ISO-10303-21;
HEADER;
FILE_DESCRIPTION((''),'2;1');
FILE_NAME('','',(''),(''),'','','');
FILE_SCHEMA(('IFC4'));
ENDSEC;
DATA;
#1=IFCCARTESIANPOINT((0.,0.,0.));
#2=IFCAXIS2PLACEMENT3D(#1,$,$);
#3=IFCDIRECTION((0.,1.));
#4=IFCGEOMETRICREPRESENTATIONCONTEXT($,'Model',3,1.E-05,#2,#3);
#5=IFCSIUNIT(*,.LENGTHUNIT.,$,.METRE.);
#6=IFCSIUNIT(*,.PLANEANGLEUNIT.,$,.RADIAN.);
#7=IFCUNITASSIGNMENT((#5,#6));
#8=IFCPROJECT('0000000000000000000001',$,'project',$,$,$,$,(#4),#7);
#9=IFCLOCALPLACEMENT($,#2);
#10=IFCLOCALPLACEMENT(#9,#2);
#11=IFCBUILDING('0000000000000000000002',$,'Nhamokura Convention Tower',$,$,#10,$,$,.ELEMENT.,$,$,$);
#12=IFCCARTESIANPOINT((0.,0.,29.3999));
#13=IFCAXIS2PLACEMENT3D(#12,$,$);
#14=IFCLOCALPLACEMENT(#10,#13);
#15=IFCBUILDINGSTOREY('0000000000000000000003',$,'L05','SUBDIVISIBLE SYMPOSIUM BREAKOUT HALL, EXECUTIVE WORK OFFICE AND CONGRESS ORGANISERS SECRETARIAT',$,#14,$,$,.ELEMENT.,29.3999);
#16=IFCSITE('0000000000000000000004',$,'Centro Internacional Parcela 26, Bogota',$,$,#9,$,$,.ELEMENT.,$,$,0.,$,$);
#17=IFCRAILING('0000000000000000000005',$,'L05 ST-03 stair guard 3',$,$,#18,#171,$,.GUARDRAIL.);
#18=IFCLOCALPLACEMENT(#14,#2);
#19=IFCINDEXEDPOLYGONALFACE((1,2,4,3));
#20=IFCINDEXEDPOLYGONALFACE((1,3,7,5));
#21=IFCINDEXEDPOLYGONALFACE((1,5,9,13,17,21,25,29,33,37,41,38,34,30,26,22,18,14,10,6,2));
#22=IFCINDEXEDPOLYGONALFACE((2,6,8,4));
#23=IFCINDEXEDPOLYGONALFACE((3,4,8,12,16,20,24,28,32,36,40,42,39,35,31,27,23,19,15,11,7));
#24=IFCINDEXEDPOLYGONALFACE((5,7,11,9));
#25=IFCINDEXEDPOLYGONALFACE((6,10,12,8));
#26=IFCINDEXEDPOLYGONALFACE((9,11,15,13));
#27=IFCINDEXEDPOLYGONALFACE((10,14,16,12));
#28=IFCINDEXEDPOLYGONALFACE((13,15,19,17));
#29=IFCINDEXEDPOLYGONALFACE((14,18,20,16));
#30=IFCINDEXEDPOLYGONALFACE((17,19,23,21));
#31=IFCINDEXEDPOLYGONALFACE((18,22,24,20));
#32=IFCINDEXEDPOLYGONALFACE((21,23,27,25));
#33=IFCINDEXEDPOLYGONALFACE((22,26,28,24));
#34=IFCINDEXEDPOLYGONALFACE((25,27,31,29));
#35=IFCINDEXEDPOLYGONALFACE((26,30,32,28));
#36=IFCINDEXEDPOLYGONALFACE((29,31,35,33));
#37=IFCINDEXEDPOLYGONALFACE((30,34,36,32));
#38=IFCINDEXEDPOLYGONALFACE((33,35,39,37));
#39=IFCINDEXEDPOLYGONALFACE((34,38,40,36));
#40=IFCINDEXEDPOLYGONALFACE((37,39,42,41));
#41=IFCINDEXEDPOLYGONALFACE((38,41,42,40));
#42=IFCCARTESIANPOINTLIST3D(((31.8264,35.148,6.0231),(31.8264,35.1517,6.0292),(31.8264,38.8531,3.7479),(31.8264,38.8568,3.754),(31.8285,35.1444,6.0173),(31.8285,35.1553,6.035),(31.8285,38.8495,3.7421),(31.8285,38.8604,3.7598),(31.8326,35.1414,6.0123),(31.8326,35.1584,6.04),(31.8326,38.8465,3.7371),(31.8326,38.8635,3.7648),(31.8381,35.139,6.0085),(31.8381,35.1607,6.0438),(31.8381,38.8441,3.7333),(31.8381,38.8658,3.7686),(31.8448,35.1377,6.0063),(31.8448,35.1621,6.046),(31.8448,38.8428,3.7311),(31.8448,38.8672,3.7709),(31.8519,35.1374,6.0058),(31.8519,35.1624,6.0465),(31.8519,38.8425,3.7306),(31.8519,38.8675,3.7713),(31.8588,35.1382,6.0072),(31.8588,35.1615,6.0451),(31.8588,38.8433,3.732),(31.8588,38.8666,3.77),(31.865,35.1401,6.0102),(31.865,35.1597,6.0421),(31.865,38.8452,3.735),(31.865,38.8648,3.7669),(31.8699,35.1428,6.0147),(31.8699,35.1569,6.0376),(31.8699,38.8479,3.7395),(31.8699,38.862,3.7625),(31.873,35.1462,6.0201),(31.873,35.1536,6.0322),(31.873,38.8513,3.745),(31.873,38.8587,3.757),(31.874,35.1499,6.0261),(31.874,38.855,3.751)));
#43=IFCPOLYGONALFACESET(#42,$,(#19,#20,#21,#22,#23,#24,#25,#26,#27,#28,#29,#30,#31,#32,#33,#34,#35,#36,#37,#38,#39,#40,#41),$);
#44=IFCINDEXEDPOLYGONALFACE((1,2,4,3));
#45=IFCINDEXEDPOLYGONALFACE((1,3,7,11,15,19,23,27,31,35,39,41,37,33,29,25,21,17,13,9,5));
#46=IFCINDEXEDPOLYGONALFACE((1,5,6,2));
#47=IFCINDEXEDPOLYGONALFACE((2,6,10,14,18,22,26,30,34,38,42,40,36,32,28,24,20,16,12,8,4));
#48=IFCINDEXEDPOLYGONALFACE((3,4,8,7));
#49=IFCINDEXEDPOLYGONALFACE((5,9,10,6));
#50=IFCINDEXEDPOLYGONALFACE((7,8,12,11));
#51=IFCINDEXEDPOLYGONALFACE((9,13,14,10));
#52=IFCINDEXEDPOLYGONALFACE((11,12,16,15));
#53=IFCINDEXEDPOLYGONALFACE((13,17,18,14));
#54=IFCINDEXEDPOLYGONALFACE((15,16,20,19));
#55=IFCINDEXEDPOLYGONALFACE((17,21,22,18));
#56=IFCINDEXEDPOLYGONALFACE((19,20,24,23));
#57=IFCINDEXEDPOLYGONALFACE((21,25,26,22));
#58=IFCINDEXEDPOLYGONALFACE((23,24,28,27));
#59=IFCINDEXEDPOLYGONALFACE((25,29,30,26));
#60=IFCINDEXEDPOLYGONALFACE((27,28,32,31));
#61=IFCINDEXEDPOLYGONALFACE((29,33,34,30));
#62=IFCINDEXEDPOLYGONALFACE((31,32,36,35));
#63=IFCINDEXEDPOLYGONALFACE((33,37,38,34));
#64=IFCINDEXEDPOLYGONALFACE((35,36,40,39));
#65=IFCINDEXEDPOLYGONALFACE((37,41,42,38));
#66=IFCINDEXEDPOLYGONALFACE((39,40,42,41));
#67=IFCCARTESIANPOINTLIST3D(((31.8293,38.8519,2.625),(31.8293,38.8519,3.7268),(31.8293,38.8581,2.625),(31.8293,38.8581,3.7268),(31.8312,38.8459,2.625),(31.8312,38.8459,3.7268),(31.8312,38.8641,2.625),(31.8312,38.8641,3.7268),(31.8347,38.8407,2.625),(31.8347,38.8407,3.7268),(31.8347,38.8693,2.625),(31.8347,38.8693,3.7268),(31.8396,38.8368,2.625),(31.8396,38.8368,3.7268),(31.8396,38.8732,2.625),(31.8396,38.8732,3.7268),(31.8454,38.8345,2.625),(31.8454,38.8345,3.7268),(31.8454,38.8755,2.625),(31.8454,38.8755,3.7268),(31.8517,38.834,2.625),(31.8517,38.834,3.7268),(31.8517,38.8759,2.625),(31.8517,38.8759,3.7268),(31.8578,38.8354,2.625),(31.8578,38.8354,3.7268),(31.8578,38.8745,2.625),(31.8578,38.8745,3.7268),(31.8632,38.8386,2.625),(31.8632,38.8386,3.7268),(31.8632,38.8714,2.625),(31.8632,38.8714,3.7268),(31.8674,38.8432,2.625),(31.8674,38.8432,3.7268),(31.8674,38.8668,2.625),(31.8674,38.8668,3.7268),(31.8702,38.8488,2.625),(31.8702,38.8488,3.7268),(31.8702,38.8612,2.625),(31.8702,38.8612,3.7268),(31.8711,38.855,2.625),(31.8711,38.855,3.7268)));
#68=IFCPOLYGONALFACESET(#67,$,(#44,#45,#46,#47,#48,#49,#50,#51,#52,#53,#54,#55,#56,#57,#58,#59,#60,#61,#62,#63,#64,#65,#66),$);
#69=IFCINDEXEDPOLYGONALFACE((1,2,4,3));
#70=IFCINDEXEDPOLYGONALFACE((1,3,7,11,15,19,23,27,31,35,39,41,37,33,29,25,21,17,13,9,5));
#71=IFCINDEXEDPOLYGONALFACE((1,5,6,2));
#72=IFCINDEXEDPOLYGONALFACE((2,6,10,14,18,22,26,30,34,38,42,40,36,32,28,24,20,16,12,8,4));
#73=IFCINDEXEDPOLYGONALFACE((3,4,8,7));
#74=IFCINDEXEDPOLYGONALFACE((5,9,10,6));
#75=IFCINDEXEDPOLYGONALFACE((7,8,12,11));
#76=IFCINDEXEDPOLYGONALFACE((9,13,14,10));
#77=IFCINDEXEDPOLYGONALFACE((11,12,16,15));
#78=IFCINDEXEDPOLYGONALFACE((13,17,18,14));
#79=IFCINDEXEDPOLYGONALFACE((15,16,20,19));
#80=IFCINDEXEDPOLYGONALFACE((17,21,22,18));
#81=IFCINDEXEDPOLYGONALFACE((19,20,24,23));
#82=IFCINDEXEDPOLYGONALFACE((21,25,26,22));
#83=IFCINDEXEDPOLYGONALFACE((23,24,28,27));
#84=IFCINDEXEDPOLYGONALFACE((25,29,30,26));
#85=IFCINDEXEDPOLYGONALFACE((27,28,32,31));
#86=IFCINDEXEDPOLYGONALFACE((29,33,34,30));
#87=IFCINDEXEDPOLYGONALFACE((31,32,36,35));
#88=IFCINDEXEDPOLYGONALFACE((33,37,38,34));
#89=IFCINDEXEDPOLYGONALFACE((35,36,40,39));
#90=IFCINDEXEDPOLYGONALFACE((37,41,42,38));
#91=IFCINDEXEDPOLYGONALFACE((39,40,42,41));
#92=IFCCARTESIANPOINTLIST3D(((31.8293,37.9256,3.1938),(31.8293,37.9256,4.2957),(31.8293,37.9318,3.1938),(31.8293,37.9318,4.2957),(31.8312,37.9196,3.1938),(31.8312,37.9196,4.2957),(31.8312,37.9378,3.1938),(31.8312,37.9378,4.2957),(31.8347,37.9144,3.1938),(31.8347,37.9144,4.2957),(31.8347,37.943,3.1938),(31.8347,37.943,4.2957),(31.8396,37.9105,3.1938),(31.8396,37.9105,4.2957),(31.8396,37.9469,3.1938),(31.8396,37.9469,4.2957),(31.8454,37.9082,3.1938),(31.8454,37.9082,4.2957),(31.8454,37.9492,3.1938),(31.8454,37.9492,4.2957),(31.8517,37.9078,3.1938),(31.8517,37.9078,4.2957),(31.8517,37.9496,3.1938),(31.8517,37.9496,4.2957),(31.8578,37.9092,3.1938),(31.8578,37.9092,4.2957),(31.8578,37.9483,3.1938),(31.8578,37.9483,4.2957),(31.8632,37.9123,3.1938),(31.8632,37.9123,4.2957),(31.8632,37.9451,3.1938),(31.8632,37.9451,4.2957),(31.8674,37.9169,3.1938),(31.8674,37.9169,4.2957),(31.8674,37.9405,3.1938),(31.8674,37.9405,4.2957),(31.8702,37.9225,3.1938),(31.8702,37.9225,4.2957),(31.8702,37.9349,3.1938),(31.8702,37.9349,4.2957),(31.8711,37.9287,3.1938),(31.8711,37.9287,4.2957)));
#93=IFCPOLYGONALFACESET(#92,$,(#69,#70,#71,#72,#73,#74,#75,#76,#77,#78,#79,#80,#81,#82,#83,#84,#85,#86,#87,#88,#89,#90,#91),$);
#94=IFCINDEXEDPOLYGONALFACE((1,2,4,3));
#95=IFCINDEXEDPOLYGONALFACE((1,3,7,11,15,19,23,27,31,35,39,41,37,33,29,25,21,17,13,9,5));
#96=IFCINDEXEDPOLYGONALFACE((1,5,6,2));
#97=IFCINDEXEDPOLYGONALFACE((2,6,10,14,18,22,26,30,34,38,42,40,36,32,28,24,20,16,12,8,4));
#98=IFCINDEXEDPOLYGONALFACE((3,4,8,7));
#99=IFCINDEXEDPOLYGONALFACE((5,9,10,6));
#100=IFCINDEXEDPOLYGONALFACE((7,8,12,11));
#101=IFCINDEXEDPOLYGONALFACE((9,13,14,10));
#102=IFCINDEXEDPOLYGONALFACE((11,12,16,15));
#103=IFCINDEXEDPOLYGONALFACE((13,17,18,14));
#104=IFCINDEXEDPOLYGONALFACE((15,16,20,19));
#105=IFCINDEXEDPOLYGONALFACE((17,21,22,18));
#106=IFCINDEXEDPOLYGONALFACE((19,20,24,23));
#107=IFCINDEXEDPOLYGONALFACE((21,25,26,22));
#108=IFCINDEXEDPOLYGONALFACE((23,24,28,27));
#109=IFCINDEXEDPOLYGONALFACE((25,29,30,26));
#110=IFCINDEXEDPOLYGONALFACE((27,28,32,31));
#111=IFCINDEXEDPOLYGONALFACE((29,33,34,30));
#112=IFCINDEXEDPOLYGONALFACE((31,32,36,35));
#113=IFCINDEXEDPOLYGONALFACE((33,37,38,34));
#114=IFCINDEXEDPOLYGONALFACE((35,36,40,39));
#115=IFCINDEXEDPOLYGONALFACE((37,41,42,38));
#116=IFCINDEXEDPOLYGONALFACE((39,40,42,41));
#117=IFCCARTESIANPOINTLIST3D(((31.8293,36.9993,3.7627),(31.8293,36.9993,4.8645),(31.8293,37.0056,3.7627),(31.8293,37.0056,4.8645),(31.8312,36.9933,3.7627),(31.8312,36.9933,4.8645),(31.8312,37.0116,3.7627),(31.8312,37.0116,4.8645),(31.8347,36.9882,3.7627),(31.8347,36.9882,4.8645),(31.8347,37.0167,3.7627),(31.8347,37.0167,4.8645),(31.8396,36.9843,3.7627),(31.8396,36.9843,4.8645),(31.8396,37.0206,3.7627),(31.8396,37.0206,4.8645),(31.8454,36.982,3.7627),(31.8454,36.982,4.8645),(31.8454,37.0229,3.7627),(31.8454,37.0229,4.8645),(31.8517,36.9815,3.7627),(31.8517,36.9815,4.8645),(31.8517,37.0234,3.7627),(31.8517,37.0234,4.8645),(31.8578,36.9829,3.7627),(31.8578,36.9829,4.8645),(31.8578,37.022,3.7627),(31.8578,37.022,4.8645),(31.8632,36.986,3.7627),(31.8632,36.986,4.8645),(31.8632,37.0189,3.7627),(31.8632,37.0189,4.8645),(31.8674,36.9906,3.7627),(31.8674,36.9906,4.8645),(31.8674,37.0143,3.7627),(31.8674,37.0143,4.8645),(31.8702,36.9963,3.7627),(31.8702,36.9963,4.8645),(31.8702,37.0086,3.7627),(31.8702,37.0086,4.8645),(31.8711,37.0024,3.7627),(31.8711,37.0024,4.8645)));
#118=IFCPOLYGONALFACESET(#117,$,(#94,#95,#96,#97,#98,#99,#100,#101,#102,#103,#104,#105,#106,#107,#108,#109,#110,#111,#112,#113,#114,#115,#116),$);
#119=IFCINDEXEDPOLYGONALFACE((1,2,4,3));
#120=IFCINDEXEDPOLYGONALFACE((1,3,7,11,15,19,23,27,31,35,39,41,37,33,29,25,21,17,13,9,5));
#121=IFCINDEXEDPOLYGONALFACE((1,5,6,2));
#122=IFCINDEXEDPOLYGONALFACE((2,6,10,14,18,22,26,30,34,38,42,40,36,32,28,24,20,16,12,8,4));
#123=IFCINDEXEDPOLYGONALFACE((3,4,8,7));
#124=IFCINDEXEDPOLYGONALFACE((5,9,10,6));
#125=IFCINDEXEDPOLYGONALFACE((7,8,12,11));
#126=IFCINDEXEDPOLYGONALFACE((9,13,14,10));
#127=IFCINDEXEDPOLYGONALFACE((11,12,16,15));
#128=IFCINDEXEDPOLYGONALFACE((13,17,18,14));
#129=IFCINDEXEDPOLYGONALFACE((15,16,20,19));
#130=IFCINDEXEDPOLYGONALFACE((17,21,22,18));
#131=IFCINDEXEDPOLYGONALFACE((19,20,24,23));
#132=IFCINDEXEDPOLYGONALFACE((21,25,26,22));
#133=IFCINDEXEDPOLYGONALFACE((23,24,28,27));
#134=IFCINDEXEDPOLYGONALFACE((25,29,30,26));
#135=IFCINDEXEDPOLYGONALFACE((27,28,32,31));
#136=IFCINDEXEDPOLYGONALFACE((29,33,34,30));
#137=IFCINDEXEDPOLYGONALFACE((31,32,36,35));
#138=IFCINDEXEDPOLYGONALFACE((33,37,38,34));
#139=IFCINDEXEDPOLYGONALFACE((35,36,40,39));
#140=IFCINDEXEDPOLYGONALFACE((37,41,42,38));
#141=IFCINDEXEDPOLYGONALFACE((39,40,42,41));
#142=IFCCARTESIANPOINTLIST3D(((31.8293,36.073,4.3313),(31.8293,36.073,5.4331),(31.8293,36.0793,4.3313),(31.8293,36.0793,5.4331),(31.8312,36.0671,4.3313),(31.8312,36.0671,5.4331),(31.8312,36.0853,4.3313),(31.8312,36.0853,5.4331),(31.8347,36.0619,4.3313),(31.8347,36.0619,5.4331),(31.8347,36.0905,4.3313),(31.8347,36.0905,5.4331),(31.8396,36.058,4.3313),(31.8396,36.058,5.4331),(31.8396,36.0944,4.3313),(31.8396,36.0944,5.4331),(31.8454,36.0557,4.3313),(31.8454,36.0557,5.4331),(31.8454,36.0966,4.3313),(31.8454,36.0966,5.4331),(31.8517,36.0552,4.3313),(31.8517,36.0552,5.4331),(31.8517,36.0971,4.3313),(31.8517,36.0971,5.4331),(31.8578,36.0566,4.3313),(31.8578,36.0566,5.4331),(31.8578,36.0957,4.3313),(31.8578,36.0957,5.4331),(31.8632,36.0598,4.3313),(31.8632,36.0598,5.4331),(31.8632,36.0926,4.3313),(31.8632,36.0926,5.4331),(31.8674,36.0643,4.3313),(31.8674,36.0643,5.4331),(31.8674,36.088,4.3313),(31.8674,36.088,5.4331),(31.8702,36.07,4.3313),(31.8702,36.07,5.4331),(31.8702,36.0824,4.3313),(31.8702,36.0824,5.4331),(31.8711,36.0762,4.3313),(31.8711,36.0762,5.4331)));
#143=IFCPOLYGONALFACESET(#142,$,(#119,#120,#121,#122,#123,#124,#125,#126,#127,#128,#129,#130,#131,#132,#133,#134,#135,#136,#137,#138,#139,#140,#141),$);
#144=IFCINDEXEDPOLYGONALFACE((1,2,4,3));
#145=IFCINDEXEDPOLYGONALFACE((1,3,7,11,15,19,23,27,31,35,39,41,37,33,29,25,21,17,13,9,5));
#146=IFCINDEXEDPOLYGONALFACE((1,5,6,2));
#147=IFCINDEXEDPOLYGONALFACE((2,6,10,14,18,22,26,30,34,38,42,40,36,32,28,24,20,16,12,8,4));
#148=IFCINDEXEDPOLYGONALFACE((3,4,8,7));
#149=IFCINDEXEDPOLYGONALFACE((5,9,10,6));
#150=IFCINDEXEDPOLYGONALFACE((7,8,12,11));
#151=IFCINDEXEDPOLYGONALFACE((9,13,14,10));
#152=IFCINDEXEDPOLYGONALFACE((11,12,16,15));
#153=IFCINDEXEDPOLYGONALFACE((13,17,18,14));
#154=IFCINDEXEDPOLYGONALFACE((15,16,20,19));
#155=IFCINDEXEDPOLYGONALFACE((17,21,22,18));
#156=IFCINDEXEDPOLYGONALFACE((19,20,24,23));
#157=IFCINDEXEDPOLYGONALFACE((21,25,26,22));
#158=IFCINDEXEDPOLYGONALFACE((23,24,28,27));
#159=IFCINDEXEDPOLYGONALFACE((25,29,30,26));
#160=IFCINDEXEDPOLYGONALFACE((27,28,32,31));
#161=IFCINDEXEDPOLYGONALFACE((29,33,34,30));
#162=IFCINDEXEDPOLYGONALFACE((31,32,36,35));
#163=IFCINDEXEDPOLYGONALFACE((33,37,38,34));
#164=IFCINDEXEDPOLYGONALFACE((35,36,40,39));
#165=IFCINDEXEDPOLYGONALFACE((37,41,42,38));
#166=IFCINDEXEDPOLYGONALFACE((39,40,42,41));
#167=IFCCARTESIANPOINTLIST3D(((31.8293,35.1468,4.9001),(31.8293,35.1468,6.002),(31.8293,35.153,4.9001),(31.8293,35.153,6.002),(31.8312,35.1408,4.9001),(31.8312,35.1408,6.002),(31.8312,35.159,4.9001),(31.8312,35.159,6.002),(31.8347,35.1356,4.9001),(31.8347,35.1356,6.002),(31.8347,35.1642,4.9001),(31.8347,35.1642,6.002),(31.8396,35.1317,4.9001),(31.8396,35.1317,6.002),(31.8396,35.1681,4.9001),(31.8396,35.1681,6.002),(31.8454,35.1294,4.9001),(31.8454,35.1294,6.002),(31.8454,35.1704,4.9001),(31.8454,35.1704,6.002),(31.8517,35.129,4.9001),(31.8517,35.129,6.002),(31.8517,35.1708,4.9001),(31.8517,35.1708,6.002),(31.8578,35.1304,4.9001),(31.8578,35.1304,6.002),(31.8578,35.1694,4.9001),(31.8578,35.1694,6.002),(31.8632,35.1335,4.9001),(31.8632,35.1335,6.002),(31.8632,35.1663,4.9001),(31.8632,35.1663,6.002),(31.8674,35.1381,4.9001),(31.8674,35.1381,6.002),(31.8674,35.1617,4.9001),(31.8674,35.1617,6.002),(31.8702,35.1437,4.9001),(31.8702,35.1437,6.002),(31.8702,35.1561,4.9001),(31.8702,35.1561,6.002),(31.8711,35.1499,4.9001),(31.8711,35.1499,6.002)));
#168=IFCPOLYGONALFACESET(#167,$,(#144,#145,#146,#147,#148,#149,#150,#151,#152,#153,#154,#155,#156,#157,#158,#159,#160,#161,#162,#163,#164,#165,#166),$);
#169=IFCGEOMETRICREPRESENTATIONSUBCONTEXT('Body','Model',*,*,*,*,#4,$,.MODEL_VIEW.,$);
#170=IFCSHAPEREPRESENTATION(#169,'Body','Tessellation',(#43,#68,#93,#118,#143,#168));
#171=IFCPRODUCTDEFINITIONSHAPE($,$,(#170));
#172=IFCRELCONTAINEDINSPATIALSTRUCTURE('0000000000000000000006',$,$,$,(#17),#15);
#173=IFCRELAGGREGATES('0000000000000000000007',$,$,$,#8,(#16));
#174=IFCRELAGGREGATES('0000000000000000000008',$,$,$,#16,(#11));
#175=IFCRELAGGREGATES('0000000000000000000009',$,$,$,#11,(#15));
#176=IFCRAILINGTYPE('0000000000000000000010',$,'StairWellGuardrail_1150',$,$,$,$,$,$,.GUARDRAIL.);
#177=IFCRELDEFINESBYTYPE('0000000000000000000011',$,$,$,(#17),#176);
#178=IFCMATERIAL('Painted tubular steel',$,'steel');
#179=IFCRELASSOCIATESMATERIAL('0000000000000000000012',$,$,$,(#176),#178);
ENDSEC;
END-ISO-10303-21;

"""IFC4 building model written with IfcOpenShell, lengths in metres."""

from ifc_helpers import new_model, si_unit, direction, frame, origin, origin_2d, place, context, subcontext, project, spatial, circle, extrude, material, type_object, element, save


model = new_model("IFC4")

# Units and contexts
model_context = context("Model", 3, precision=1e-05, world=origin(), true_north=direction((0.0, 1.0)))
body_context = subcontext(model_context, "Body", "Model", "MODEL_VIEW")
ifc_project = project(units=[si_unit("LENGTHUNIT", "METRE"), si_unit("PLANEANGLEUNIT", "RADIAN")], contexts=[model_context])

# Site, building, storey
site_placement = place(None, origin())
site = spatial("IfcSite", under=ifc_project, at=site_placement, Name="Centro Internacional Parcela 26, Bogota", CompositionType="ELEMENT", RefElevation=0.0)
building_placement = place(site_placement, origin())
building = spatial("IfcBuilding", under=site, at=building_placement, Name="Nhamokura Convention Tower", CompositionType="ELEMENT")
storey_placement = place(building_placement, frame((0.0, 0.0, 29.3999)))
storey = spatial("IfcBuildingStorey", under=building, at=storey_placement, Name="L05", Description="SUBDIVISIBLE SYMPOSIUM BREAKOUT HALL, EXECUTIVE WORK OFFICE AND CONGRESS ORGANISERS SECRETARIAT", CompositionType="ELEMENT", Elevation=29.3999)

# Railing
ifc_material_1 = material(Name="Painted tubular steel", Category="steel")
railing_type_1 = type_object("IfcRailingType", Name="StairWellGuardrail_1150", PredefinedType="GUARDRAIL", material=ifc_material_1)
railing_1_placement = place(storey_placement, frame((31.8501, 38.855, 2.625)))
element("IfcRailing", 1, at=railing_1_placement, inside=storey, type_object=railing_type_1, Name="L05 ST-03 stair guard 3", PredefinedType="GUARDRAIL", context=body_context, shape_type="SweptSolid", body=[
    extrude(circle(Radius=0.0239, at=origin_2d()), frame((0.0, 0.0, 1.126), z_axis=(0.0, -0.852161, 0.523279), x_axis=(1.0, 0.0, 0.0)), (0.0, 0.0, 1.0), 4.3479),
    extrude(circle(Radius=0.021, at=origin_2d()), origin(), (0.0, 0.0, 1.0), 1.1018),
    extrude(circle(Radius=0.021, at=origin_2d()), frame((0.0, -0.9263, 0.5688)), (0.0, 0.0, 1.0), 1.1018),
    extrude(circle(Radius=0.021, at=origin_2d()), frame((0.0, -1.8525, 1.1377)), (0.0, 0.0, 1.0), 1.1018),
    extrude(circle(Radius=0.021, at=origin_2d()), frame((0.0, -2.7788, 1.7063)), (0.0, 0.0, 1.0), 1.1018),
    extrude(circle(Radius=0.021, at=origin_2d()), frame((0.0, -3.7051, 2.2751)), (0.0, 0.0, 1.0), 1.1018),
])

save(model, "model.ifc")
